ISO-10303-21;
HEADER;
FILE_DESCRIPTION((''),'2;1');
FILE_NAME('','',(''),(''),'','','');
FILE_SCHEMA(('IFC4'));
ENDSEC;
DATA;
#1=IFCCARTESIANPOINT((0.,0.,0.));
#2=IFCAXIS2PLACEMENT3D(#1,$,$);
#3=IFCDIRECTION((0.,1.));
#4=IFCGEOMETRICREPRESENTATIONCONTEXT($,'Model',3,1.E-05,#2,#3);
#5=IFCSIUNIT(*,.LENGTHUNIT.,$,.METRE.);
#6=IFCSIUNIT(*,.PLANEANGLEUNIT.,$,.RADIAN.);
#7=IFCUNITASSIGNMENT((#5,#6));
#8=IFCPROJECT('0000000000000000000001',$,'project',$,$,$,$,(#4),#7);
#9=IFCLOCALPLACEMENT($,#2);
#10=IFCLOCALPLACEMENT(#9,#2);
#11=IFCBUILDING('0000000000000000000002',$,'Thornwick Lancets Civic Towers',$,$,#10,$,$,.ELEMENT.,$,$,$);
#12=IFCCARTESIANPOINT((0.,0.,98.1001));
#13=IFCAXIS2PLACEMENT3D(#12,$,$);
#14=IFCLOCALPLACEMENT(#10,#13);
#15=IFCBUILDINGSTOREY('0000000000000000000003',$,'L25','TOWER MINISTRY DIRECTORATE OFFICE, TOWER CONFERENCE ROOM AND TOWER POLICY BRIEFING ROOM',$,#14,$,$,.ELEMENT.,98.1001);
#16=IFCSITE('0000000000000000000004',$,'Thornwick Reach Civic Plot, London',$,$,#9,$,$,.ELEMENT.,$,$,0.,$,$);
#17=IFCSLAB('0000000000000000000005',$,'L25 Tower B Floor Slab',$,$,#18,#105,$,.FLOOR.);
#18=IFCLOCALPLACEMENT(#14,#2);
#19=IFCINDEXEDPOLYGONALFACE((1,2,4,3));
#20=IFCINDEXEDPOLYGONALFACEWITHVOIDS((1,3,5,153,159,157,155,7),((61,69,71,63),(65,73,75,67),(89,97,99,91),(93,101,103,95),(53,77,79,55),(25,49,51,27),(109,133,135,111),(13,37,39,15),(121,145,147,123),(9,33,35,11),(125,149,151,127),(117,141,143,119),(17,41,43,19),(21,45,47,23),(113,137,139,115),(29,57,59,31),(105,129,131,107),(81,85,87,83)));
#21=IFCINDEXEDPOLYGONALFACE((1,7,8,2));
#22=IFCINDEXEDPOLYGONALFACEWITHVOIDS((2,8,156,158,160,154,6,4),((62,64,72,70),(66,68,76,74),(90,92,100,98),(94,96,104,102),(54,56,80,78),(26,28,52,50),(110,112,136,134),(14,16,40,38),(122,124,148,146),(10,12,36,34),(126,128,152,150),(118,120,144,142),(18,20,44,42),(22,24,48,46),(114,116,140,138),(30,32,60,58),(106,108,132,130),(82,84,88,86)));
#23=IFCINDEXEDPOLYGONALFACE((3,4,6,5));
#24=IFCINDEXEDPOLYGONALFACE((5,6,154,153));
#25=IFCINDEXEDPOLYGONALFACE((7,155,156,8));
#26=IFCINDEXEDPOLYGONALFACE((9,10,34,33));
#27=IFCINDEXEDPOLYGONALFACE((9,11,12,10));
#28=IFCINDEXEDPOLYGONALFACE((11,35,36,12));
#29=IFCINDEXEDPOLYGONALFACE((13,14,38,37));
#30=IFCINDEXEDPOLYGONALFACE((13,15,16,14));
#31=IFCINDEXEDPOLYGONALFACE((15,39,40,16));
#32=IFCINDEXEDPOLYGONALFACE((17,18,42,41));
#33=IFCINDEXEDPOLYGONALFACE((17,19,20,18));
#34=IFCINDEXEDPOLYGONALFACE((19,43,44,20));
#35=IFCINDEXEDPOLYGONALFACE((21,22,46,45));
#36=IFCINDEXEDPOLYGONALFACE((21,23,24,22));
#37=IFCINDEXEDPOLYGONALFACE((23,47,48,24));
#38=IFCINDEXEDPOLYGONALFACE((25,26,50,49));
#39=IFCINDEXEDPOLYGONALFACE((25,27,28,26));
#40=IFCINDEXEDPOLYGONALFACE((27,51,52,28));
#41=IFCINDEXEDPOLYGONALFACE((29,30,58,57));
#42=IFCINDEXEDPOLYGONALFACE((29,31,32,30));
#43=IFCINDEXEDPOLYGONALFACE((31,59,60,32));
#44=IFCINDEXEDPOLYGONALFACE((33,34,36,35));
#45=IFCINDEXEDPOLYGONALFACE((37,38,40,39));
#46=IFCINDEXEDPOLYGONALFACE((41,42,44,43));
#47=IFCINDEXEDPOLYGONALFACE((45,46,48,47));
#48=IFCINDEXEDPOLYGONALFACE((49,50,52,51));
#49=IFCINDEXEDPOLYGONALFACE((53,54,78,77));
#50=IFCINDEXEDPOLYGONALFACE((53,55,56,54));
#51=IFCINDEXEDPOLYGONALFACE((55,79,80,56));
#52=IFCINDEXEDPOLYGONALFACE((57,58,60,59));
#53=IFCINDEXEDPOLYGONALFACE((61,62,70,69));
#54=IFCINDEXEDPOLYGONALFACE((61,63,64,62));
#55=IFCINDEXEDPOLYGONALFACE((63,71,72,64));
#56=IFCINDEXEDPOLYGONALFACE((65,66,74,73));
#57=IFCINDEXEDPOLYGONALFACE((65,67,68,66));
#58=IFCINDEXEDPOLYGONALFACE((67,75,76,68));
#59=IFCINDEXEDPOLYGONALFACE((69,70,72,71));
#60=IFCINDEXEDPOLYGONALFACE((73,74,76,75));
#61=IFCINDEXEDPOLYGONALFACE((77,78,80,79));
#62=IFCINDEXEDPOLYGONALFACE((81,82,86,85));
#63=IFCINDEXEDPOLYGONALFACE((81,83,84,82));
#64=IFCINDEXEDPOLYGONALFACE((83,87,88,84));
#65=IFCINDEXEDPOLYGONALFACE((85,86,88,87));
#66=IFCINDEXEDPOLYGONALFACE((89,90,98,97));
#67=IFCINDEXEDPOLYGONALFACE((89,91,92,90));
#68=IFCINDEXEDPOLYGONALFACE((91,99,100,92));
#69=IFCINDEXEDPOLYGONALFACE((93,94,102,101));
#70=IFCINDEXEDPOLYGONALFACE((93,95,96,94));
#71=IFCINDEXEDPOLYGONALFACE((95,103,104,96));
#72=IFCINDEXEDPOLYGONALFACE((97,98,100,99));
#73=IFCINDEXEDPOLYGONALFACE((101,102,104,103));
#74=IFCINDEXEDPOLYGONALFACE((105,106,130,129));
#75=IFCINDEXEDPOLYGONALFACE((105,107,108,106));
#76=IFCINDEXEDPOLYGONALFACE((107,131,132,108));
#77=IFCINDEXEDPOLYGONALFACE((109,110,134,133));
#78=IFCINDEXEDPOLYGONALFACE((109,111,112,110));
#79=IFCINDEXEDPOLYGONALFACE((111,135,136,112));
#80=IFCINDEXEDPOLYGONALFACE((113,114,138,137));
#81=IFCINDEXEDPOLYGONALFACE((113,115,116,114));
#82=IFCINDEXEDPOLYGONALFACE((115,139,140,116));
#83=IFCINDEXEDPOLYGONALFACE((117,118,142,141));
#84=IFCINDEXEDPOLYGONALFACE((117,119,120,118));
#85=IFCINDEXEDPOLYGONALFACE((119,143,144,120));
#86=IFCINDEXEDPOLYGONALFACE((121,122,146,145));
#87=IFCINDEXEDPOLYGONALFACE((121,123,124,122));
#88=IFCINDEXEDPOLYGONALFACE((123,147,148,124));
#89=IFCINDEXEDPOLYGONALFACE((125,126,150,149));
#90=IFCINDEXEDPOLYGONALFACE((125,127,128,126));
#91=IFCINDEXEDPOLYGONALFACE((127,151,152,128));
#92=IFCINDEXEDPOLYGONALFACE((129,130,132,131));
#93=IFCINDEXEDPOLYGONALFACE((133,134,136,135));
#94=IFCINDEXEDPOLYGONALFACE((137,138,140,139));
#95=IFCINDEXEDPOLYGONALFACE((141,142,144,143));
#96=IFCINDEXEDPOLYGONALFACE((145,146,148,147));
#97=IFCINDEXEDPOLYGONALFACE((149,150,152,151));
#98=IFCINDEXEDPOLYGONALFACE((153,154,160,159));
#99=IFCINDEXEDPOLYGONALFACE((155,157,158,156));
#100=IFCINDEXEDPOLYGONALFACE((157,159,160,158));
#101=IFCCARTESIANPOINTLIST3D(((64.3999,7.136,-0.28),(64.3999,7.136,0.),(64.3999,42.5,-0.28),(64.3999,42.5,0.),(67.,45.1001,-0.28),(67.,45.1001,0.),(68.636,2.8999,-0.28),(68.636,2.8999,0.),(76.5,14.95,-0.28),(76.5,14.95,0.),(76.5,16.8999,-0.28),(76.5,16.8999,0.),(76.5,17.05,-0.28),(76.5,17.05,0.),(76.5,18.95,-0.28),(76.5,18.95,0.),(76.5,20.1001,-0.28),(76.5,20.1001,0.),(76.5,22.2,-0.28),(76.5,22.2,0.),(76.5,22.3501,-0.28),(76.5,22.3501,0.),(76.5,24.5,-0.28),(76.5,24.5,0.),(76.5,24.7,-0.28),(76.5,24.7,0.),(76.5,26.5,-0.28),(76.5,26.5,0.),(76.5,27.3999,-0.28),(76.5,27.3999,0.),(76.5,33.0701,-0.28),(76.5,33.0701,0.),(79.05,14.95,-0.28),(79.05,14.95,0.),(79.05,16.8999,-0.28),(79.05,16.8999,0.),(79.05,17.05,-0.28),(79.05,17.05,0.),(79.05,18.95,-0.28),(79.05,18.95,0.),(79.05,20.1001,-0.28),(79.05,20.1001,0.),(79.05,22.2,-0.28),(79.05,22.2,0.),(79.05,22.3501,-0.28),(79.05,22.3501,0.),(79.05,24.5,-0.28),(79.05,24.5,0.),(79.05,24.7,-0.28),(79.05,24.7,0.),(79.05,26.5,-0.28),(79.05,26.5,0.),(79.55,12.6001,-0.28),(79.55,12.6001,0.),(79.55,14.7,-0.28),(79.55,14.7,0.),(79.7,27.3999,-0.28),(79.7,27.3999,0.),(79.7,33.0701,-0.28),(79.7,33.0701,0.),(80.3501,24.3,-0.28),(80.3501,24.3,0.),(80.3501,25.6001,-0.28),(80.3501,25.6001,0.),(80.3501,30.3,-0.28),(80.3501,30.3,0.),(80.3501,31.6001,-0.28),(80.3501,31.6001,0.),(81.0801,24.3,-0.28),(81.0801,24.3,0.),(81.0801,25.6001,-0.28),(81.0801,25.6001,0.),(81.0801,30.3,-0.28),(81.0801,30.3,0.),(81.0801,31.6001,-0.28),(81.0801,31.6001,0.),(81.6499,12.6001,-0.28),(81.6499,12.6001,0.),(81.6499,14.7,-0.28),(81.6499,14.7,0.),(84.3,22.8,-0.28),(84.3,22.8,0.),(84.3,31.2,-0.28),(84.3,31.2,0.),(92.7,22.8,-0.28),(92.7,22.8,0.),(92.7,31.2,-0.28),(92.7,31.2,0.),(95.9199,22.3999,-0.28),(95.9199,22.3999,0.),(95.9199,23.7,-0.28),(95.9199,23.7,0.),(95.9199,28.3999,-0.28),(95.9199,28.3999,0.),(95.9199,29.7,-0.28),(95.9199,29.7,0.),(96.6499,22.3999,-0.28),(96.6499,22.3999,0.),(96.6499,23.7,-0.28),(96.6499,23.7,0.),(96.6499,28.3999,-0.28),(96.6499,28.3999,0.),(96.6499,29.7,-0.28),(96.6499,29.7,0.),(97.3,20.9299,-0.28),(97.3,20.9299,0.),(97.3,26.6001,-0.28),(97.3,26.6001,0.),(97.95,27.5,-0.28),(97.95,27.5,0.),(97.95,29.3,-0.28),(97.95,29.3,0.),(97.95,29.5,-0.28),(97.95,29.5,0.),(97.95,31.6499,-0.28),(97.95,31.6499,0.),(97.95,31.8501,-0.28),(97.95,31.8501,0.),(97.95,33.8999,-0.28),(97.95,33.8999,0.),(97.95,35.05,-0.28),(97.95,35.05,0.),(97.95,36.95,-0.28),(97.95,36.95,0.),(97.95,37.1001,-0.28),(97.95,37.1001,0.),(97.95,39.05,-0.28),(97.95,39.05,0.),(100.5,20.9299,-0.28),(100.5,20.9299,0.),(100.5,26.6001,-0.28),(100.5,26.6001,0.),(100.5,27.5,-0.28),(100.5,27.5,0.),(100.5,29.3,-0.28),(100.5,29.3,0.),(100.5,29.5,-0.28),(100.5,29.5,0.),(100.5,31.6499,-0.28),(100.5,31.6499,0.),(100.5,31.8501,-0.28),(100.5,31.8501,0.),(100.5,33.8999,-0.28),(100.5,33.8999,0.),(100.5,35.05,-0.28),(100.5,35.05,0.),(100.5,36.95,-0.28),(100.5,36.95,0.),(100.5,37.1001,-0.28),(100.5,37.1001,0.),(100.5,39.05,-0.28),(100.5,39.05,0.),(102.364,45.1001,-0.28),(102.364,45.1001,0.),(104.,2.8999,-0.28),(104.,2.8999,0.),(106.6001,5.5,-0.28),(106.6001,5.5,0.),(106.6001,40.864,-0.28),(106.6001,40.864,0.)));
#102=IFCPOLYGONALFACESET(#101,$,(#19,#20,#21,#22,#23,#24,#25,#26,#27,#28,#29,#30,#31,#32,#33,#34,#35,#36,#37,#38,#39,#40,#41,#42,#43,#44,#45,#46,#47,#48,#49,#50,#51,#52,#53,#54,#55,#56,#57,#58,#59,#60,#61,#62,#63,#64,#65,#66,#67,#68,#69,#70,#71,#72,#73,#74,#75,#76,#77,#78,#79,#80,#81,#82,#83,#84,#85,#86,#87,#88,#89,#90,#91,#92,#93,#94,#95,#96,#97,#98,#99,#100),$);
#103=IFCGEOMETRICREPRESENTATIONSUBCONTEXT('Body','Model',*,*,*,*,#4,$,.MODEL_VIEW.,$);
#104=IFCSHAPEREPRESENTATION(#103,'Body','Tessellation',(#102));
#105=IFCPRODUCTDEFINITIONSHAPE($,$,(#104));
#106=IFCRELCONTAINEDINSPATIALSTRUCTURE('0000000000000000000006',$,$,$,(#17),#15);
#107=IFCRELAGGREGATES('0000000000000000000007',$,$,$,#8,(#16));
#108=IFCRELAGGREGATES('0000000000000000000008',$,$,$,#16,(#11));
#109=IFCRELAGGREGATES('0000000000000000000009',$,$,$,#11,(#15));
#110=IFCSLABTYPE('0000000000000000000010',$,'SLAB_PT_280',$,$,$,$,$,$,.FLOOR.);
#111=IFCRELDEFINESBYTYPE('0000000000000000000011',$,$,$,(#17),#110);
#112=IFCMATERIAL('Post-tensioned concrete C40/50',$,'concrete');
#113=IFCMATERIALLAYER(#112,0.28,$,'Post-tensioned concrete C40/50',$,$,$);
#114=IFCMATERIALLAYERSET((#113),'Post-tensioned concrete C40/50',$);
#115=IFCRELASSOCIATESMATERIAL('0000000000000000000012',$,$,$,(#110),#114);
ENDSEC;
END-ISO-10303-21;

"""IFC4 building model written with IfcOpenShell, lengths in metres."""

from ifc_helpers import new_model, si_unit, direction, frame, origin, place, context, subcontext, project, spatial, polyline, outline, extrude, material, layer, layer_set, type_object, element, save


model = new_model("IFC4")

# Units and contexts
model_context = context("Model", 3, precision=1e-05, world=origin(), true_north=direction((0.0, 1.0)))
body_context = subcontext(model_context, "Body", "Model", "MODEL_VIEW")
ifc_project = project(units=[si_unit("LENGTHUNIT", "METRE"), si_unit("PLANEANGLEUNIT", "RADIAN")], contexts=[model_context])

# Site, building, storey
site_placement = place(None, origin())
site = spatial("IfcSite", under=ifc_project, at=site_placement, Name="Thornwick Reach Civic Plot, London", CompositionType="ELEMENT", RefElevation=0.0)
building_placement = place(site_placement, origin())
building = spatial("IfcBuilding", under=site, at=building_placement, Name="Thornwick Lancets Civic Towers", CompositionType="ELEMENT")
storey_placement = place(building_placement, frame((0.0, 0.0, 98.1001)))
storey = spatial("IfcBuildingStorey", under=building, at=storey_placement, Name="L25", Description="TOWER MINISTRY DIRECTORATE OFFICE, TOWER CONFERENCE ROOM AND TOWER POLICY BRIEFING ROOM", CompositionType="ELEMENT", Elevation=98.1001)

# Slab
ifc_material_1 = material(Name="Post-tensioned concrete C40/50", Category="concrete")
ifc_layer_1 = layer(ifc_material_1, 0.28, Name="Post-tensioned concrete C40/50")
ifc_layer_set_1 = layer_set([ifc_layer_1], Name="Post-tensioned concrete C40/50")
slab_type_1 = type_object("IfcSlabType", Name="SLAB_PT_280", PredefinedType="FLOOR", material=ifc_layer_set_1)
slab_1_placement = place(storey_placement, frame((0.0, 0.0, -0.28)))
element("IfcSlab", 1, at=slab_1_placement, inside=storey, type_object=slab_type_1, Name="L25 Tower B Floor Slab", PredefinedType="FLOOR", context=body_context, shape_type="SweptSolid", body=[
    extrude(outline(polyline([(68.636, 2.8999), (104.0, 2.8999), (106.6001, 5.5), (106.6001, 40.864), (102.364, 45.1001), (67.0, 45.1001), (64.3999, 42.5), (64.3999, 7.136), (68.636, 2.8999)]), holes=[polyline([(84.3, 22.8), (92.7, 22.8), (92.7, 31.2), (84.3, 31.2), (84.3, 22.8)]), polyline([(100.5, 20.9299), (100.5, 26.6001), (97.3, 26.6001), (97.3, 20.9299), (100.5, 20.9299)]), polyline([(76.5, 33.0701), (76.5, 27.3999), (79.7, 27.3999), (79.7, 33.0701), (76.5, 33.0701)]), polyline([(97.95, 27.5), (100.5, 27.5), (100.5, 29.3), (97.95, 29.3), (97.95, 27.5)]), polyline([(97.95, 29.5), (100.5, 29.5), (100.5, 31.6499), (97.95, 31.6499), (97.95, 29.5)]), polyline([(97.95, 31.8501), (100.5, 31.8501), (100.5, 33.8999), (97.95, 33.8999), (97.95, 31.8501)]), polyline([(97.95, 35.05), (100.5, 35.05), (100.5, 36.95), (97.95, 36.95), (97.95, 35.05)]), polyline([(97.95, 37.1001), (100.5, 37.1001), (100.5, 39.05), (97.95, 39.05), (97.95, 37.1001)]), polyline([(76.5, 24.7), (79.05, 24.7), (79.05, 26.5), (76.5, 26.5), (76.5, 24.7)]), polyline([(76.5, 22.3501), (79.05, 22.3501), (79.05, 24.5), (76.5, 24.5), (76.5, 22.3501)]), polyline([(76.5, 20.1001), (79.05, 20.1001), (79.05, 22.2), (76.5, 22.2), (76.5, 20.1001)]), polyline([(76.5, 17.05), (79.05, 17.05), (79.05, 18.95), (76.5, 18.95), (76.5, 17.05)]), polyline([(76.5, 14.95), (79.05, 14.95), (79.05, 16.8999), (76.5, 16.8999), (76.5, 14.95)]), polyline([(79.55, 12.6001), (81.6499, 12.6001), (81.6499, 14.7), (79.55, 14.7), (79.55, 12.6001)]), polyline([(95.9199, 28.3999), (96.6499, 28.3999), (96.6499, 29.7), (95.9199, 29.7), (95.9199, 28.3999)]), polyline([(95.9199, 22.3999), (96.6499, 22.3999), (96.6499, 23.7), (95.9199, 23.7), (95.9199, 22.3999)]), polyline([(80.3501, 24.3), (81.0801, 24.3), (81.0801, 25.6001), (80.3501, 25.6001), (80.3501, 24.3)]), polyline([(80.3501, 30.3), (81.0801, 30.3), (81.0801, 31.6001), (80.3501, 31.6001), (80.3501, 30.3)])]), origin(), (0.0, 0.0, 1.0), 0.28),
])

save(model, "model.ifc")
